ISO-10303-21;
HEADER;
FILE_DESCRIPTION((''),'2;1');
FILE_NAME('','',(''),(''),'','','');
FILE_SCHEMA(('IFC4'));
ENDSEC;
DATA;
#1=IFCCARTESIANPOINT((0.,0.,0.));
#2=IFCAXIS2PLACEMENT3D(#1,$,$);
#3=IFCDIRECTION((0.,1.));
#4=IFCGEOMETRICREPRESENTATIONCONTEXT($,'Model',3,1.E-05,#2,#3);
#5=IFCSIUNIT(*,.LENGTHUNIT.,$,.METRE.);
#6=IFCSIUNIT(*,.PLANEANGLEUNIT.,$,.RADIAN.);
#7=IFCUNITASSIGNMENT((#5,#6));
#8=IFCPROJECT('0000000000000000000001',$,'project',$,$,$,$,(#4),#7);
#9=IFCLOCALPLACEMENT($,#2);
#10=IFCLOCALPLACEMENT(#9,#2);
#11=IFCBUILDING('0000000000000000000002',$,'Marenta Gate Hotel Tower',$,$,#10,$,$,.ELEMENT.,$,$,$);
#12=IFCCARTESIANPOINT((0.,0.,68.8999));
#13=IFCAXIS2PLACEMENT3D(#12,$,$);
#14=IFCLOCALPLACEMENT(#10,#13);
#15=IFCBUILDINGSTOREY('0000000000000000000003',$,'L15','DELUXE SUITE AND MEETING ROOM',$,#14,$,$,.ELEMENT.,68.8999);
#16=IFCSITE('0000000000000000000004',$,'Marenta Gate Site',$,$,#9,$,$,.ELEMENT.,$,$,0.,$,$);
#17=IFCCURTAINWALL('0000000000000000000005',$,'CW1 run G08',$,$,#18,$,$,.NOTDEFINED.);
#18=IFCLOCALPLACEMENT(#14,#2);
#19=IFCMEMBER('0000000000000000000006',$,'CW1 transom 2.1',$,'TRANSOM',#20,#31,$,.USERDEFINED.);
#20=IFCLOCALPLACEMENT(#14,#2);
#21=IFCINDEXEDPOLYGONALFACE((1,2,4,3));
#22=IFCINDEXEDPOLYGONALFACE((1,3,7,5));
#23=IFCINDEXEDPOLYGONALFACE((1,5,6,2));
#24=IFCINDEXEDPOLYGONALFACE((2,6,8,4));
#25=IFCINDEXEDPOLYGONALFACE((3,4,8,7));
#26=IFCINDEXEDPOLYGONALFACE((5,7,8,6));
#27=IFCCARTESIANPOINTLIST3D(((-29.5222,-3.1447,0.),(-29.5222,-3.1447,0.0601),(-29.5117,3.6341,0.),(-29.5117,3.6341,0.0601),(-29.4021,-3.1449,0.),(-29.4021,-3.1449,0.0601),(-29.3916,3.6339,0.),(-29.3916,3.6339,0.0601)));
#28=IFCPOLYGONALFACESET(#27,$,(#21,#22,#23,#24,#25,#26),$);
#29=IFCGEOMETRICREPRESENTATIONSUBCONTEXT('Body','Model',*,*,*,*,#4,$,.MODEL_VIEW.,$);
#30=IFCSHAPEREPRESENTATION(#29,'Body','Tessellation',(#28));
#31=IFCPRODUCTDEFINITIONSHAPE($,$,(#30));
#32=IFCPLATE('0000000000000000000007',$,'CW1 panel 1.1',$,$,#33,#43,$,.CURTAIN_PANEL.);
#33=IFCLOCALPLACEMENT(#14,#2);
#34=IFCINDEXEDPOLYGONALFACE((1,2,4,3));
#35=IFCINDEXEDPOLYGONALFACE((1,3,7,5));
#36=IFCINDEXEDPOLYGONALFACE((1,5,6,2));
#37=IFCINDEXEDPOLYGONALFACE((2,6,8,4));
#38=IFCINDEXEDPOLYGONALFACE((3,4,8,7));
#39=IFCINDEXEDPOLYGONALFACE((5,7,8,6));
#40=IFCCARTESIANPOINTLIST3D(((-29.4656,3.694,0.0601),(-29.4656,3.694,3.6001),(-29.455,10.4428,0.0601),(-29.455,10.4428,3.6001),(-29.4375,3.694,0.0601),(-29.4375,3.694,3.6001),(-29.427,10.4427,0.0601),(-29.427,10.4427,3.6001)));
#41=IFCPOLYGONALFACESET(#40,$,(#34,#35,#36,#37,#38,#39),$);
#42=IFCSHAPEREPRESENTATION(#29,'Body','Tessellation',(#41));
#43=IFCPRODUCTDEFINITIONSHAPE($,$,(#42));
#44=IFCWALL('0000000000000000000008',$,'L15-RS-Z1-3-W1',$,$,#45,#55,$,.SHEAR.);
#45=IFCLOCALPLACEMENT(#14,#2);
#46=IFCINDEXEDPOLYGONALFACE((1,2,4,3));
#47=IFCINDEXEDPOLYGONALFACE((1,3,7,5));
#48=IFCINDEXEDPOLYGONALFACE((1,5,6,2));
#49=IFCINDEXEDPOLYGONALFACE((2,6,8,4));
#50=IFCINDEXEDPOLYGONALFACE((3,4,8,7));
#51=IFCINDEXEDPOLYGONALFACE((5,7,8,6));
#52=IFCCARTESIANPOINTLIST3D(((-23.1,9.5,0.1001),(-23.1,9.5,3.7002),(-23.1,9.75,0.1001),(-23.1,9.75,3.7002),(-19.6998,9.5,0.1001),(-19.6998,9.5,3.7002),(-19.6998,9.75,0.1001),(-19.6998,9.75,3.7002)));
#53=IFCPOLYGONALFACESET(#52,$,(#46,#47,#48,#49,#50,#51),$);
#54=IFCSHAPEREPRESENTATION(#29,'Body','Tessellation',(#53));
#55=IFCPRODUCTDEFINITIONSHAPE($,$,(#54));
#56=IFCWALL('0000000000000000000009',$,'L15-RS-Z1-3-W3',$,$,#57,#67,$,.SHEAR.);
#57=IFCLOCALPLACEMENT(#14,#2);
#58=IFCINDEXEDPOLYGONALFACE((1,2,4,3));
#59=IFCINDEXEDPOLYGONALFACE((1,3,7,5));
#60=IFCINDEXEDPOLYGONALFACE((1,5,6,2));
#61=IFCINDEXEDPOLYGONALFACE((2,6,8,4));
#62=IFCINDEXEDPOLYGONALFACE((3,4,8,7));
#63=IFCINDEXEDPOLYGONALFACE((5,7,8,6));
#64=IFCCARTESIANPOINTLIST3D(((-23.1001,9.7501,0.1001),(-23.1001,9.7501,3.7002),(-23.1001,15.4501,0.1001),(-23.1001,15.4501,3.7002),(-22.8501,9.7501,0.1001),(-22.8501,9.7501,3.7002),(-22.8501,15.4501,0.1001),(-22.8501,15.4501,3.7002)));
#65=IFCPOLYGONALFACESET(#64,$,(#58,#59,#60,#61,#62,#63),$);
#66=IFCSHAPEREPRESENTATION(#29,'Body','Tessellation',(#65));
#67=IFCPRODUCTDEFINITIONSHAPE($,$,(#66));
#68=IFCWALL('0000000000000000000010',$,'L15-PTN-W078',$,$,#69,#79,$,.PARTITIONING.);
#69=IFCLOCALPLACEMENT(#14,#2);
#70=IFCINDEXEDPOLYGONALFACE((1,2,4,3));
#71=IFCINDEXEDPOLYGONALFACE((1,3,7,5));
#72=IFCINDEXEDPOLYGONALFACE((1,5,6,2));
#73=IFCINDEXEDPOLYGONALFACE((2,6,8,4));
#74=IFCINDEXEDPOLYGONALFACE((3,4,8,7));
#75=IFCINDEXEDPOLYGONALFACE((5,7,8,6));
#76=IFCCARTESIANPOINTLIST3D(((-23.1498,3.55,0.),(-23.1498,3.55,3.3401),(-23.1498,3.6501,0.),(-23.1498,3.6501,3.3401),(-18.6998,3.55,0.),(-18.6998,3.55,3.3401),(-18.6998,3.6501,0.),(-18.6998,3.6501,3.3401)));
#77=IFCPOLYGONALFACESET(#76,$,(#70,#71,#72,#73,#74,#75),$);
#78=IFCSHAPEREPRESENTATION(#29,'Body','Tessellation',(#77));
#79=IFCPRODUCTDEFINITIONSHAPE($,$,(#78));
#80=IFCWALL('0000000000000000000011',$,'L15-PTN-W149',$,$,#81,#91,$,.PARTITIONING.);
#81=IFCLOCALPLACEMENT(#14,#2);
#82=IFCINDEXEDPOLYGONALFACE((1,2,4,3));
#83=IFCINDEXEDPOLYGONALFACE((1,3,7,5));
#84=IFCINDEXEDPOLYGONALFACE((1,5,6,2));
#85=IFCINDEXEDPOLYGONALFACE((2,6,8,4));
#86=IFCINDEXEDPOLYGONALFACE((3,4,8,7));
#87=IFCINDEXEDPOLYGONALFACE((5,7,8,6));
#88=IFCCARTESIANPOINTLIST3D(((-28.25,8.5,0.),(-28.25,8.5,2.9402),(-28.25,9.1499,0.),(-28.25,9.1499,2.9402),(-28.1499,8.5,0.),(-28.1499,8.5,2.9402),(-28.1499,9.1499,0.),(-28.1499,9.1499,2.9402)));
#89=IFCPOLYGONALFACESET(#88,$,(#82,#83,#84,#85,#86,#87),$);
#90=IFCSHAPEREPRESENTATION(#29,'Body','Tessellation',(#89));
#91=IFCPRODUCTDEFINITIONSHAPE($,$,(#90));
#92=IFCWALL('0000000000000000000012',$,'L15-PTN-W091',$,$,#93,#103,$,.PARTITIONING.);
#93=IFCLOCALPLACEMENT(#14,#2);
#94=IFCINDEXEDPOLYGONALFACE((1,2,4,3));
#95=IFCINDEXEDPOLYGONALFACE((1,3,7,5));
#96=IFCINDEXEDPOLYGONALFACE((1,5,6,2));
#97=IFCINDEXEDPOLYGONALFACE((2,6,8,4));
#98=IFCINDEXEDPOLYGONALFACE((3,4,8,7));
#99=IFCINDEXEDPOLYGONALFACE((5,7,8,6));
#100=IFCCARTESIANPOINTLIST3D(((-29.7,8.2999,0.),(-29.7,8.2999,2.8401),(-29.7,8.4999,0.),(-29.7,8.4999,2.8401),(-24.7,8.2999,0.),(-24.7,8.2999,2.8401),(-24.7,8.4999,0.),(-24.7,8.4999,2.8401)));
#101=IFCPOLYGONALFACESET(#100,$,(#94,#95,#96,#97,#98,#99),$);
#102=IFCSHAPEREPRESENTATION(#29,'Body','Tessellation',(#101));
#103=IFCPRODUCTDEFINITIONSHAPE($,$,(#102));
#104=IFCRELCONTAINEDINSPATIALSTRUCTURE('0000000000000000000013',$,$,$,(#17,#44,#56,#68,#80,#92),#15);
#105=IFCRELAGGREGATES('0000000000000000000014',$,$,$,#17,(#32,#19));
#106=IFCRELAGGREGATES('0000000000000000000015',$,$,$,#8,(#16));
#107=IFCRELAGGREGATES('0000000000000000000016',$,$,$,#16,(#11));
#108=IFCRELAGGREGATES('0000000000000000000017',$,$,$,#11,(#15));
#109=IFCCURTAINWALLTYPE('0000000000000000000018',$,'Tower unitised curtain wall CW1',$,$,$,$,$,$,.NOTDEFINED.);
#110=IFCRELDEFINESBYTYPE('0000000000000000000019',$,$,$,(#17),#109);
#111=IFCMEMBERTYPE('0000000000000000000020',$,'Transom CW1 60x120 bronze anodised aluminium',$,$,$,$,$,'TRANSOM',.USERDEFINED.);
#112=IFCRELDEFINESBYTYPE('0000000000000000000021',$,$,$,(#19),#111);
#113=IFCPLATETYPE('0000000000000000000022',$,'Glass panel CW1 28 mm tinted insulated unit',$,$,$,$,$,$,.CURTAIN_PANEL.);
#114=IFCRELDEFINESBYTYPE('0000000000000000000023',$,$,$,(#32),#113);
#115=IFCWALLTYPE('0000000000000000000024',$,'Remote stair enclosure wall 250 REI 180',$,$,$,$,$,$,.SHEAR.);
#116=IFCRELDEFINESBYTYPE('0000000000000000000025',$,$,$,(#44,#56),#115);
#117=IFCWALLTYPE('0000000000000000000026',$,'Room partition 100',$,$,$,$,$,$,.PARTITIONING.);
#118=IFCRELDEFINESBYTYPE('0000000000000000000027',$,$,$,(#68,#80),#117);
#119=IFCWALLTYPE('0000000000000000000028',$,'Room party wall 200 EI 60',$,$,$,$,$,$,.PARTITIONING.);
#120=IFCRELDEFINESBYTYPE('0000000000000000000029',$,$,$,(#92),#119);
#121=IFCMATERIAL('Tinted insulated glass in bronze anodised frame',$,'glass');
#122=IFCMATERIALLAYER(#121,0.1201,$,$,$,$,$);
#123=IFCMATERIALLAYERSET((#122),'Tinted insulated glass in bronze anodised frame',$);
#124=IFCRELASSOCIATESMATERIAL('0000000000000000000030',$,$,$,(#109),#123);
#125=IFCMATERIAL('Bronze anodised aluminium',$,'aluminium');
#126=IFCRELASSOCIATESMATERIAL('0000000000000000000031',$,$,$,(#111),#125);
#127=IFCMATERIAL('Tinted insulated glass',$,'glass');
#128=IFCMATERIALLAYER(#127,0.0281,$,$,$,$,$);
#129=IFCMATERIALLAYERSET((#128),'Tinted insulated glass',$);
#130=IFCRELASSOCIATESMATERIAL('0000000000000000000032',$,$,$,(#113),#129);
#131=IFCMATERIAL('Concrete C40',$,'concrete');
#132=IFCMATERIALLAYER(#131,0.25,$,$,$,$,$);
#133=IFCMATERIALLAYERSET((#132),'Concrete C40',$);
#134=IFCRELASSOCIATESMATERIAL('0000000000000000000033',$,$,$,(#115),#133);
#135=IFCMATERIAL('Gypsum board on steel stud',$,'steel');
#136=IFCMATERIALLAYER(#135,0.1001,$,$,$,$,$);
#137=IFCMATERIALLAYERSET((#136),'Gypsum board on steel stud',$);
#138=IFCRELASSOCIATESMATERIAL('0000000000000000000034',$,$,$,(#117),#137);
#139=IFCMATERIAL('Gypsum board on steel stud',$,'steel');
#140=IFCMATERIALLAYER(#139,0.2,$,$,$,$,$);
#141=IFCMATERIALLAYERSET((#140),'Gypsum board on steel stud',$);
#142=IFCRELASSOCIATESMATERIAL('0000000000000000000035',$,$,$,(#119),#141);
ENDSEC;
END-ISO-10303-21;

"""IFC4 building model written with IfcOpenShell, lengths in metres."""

from ifc_helpers import new_model, si_unit, direction, frame, frame_2d, origin, origin_2d, place, context, subcontext, project, spatial, rectangle, extrude, material, layer, layer_set, material_profile, profile_set, type_object, element, aggregate, save


model = new_model("IFC4")

# Units and contexts
model_context = context("Model", 3, precision=1e-05, world=origin(), true_north=direction((0.0, 1.0)))
body_context = subcontext(model_context, "Body", "Model", "MODEL_VIEW")
ifc_project = project(units=[si_unit("LENGTHUNIT", "METRE"), si_unit("PLANEANGLEUNIT", "RADIAN")], contexts=[model_context])

# Site, building, storey
site_placement = place(None, origin())
site = spatial("IfcSite", under=ifc_project, at=site_placement, Name="Marenta Gate Site", CompositionType="ELEMENT", RefElevation=0.0)
building_placement = place(site_placement, origin())
building = spatial("IfcBuilding", under=site, at=building_placement, Name="Marenta Gate Hotel Tower", CompositionType="ELEMENT")
storey_placement = place(building_placement, frame((0.0, 0.0, 68.8999)))
storey = spatial("IfcBuildingStorey", under=building, at=storey_placement, Name="L15", Description="DELUXE SUITE AND MEETING ROOM", CompositionType="ELEMENT", Elevation=68.8999)

# Curtain wall, member, plate
ifc_material_1 = material(Name="Tinted insulated glass in bronze anodised frame", Category="glass")
ifc_layer_1 = layer(ifc_material_1, 0.1201)
ifc_layer_set_1 = layer_set([ifc_layer_1], Name="Tinted insulated glass in bronze anodised frame")
curtain_wall_type = type_object("IfcCurtainWallType", Name="Tower unitised curtain wall CW1", PredefinedType="NOTDEFINED", material=ifc_layer_set_1)
curtain_wall_placement = place(storey_placement, origin())
curtain_wall = element("IfcCurtainWall", 1, at=curtain_wall_placement, inside=storey, type_object=curtain_wall_type, Name="CW1 run G08", PredefinedType="NOTDEFINED")
ifc_material_2 = material(Name="Bronze anodised aluminium", Category="aluminium")
ifc_material_profile_1 = material_profile(ifc_material_2, rectangle(XDim=0.1201, YDim=0.0601, at=origin_2d()), Name="Transom CW1 60x120 bronze anodised aluminium")
ifc_profile_set_1 = profile_set([ifc_material_profile_1], Name="Bronze anodised aluminium")
member_type_1 = type_object("IfcMemberType", Name="Transom CW1 60x120 bronze anodised aluminium", ElementType="TRANSOM", PredefinedType="USERDEFINED", material=ifc_profile_set_1)
member_1_placement = place(storey_placement, frame((-29.4517, 3.634, 0.03), z_axis=(-0.001549, -0.999999, 0.0), x_axis=(0.999999, -0.001549, 0.0)))
member_1 = element("IfcMember", 2, at=member_1_placement, type_object=member_type_1, Name="CW1 transom 2.1", ObjectType="TRANSOM", PredefinedType="USERDEFINED", context=body_context, shape_type="SweptSolid", body=[
    extrude(rectangle(XDim=0.1201, YDim=0.0601, at=origin_2d()), origin(), (0.0, 0.0, 1.0), 6.7788),
])
ifc_material_3 = material(Name="Tinted insulated glass", Category="glass")
ifc_layer_2 = layer(ifc_material_3, 0.0281)
ifc_layer_set_2 = layer_set([ifc_layer_2], Name="Tinted insulated glass")
plate_type = type_object("IfcPlateType", Name="Glass panel CW1 28 mm tinted insulated unit", PredefinedType="CURTAIN_PANEL", material=ifc_layer_set_2)
plate_placement = place(storey_placement, frame((-29.4463, 7.0684, 0.0601), z_axis=(0.0, 0.0, 1.0), x_axis=(-0.001565, -0.999999, 0.0)))
plate = element("IfcPlate", 3, at=plate_placement, type_object=plate_type, Name="CW1 panel 1.1", PredefinedType="CURTAIN_PANEL", context=body_context, shape_type="SweptSolid", body=[
    extrude(rectangle(XDim=6.7488, YDim=0.0281, at=origin_2d()), origin(), (0.0, 0.0, 1.0), 3.54),
])
aggregate(curtain_wall, [plate, member_1])

# Walls
ifc_material_4 = material(Name="Concrete C40", Category="concrete")
ifc_layer_3 = layer(ifc_material_4, 0.25)
ifc_layer_set_3 = layer_set([ifc_layer_3], Name="Concrete C40")
wall_type_1 = type_object("IfcWallType", Name="Remote stair enclosure wall 250 REI 180", PredefinedType="SHEAR", material=ifc_layer_set_3)
wall_1_placement = place(storey_placement, frame((-23.1001, 9.625, 0.1001), z_axis=(0.0, 0.0, 1.0), x_axis=(1.0, 0.0, 0.0)))
element("IfcWall", 4, at=wall_1_placement, inside=storey, type_object=wall_type_1, Name="L15-RS-Z1-3-W1", PredefinedType="SHEAR", context=body_context, shape_type="SweptSolid", body=[
    extrude(rectangle(XDim=3.4001, YDim=0.25, at=frame_2d((1.7002, 0.0))), origin(), (0.0, 0.0, 1.0), 3.6001),
])
wall_2_placement = place(storey_placement, frame((-22.9751, 9.75, 0.1001), z_axis=(0.0, 0.0, 1.0), x_axis=(0.0, 1.0, 0.0)))
element("IfcWall", 5, at=wall_2_placement, inside=storey, type_object=wall_type_1, Name="L15-RS-Z1-3-W3", PredefinedType="SHEAR", context=body_context, shape_type="SweptSolid", body=[
    extrude(rectangle(XDim=5.7, YDim=0.25, at=frame_2d((2.8501, 0.0))), origin(), (0.0, 0.0, 1.0), 3.6001),
])

# Walls
ifc_material_5 = material(Name="Gypsum board on steel stud", Category="steel")
ifc_layer_4 = layer(ifc_material_5, 0.1001)
ifc_layer_set_4 = layer_set([ifc_layer_4], Name="Gypsum board on steel stud")
wall_type_2 = type_object("IfcWallType", Name="Room partition 100", PredefinedType="PARTITIONING", material=ifc_layer_set_4)
wall_3_placement = place(storey_placement, frame((-23.1499, 3.6001, 0.0), z_axis=(0.0, 0.0, 1.0), x_axis=(1.0, 0.0, 0.0)))
element("IfcWall", 6, at=wall_3_placement, inside=storey, type_object=wall_type_2, Name="L15-PTN-W078", PredefinedType="PARTITIONING", context=body_context, shape_type="SweptSolid", body=[
    extrude(rectangle(XDim=4.45, YDim=0.1001, at=frame_2d((2.2251, 0.0))), origin(), (0.0, 0.0, 1.0), 3.3401),
])
wall_4_placement = place(storey_placement, frame((-28.2, 8.5, 0.0), z_axis=(0.0, 0.0, 1.0), x_axis=(0.0, 1.0, 0.0)))
element("IfcWall", 7, at=wall_4_placement, inside=storey, type_object=wall_type_2, Name="L15-PTN-W149", PredefinedType="PARTITIONING", context=body_context, shape_type="SweptSolid", body=[
    extrude(rectangle(XDim=0.6499, YDim=0.1001, at=frame_2d((0.325, 0.0))), origin(), (0.0, 0.0, 1.0), 2.9402),
])
ifc_material_6 = material(Name="Gypsum board on steel stud", Category="steel")
ifc_layer_5 = layer(ifc_material_6, 0.2)
ifc_layer_set_5 = layer_set([ifc_layer_5], Name="Gypsum board on steel stud")
wall_type_3 = type_object("IfcWallType", Name="Room party wall 200 EI 60", PredefinedType="PARTITIONING", material=ifc_layer_set_5)
wall_5_placement = place(storey_placement, frame((-29.7, 8.3999, 0.0), z_axis=(0.0, 0.0, 1.0), x_axis=(1.0, 0.0, 0.0)))
element("IfcWall", 8, at=wall_5_placement, inside=storey, type_object=wall_type_3, Name="L15-PTN-W091", PredefinedType="PARTITIONING", context=body_context, shape_type="SweptSolid", body=[
    extrude(rectangle(XDim=5.0, YDim=0.2, at=frame_2d((2.5, 0.0))), origin(), (0.0, 0.0, 1.0), 2.8401),
])

save(model, "model.ifc")
